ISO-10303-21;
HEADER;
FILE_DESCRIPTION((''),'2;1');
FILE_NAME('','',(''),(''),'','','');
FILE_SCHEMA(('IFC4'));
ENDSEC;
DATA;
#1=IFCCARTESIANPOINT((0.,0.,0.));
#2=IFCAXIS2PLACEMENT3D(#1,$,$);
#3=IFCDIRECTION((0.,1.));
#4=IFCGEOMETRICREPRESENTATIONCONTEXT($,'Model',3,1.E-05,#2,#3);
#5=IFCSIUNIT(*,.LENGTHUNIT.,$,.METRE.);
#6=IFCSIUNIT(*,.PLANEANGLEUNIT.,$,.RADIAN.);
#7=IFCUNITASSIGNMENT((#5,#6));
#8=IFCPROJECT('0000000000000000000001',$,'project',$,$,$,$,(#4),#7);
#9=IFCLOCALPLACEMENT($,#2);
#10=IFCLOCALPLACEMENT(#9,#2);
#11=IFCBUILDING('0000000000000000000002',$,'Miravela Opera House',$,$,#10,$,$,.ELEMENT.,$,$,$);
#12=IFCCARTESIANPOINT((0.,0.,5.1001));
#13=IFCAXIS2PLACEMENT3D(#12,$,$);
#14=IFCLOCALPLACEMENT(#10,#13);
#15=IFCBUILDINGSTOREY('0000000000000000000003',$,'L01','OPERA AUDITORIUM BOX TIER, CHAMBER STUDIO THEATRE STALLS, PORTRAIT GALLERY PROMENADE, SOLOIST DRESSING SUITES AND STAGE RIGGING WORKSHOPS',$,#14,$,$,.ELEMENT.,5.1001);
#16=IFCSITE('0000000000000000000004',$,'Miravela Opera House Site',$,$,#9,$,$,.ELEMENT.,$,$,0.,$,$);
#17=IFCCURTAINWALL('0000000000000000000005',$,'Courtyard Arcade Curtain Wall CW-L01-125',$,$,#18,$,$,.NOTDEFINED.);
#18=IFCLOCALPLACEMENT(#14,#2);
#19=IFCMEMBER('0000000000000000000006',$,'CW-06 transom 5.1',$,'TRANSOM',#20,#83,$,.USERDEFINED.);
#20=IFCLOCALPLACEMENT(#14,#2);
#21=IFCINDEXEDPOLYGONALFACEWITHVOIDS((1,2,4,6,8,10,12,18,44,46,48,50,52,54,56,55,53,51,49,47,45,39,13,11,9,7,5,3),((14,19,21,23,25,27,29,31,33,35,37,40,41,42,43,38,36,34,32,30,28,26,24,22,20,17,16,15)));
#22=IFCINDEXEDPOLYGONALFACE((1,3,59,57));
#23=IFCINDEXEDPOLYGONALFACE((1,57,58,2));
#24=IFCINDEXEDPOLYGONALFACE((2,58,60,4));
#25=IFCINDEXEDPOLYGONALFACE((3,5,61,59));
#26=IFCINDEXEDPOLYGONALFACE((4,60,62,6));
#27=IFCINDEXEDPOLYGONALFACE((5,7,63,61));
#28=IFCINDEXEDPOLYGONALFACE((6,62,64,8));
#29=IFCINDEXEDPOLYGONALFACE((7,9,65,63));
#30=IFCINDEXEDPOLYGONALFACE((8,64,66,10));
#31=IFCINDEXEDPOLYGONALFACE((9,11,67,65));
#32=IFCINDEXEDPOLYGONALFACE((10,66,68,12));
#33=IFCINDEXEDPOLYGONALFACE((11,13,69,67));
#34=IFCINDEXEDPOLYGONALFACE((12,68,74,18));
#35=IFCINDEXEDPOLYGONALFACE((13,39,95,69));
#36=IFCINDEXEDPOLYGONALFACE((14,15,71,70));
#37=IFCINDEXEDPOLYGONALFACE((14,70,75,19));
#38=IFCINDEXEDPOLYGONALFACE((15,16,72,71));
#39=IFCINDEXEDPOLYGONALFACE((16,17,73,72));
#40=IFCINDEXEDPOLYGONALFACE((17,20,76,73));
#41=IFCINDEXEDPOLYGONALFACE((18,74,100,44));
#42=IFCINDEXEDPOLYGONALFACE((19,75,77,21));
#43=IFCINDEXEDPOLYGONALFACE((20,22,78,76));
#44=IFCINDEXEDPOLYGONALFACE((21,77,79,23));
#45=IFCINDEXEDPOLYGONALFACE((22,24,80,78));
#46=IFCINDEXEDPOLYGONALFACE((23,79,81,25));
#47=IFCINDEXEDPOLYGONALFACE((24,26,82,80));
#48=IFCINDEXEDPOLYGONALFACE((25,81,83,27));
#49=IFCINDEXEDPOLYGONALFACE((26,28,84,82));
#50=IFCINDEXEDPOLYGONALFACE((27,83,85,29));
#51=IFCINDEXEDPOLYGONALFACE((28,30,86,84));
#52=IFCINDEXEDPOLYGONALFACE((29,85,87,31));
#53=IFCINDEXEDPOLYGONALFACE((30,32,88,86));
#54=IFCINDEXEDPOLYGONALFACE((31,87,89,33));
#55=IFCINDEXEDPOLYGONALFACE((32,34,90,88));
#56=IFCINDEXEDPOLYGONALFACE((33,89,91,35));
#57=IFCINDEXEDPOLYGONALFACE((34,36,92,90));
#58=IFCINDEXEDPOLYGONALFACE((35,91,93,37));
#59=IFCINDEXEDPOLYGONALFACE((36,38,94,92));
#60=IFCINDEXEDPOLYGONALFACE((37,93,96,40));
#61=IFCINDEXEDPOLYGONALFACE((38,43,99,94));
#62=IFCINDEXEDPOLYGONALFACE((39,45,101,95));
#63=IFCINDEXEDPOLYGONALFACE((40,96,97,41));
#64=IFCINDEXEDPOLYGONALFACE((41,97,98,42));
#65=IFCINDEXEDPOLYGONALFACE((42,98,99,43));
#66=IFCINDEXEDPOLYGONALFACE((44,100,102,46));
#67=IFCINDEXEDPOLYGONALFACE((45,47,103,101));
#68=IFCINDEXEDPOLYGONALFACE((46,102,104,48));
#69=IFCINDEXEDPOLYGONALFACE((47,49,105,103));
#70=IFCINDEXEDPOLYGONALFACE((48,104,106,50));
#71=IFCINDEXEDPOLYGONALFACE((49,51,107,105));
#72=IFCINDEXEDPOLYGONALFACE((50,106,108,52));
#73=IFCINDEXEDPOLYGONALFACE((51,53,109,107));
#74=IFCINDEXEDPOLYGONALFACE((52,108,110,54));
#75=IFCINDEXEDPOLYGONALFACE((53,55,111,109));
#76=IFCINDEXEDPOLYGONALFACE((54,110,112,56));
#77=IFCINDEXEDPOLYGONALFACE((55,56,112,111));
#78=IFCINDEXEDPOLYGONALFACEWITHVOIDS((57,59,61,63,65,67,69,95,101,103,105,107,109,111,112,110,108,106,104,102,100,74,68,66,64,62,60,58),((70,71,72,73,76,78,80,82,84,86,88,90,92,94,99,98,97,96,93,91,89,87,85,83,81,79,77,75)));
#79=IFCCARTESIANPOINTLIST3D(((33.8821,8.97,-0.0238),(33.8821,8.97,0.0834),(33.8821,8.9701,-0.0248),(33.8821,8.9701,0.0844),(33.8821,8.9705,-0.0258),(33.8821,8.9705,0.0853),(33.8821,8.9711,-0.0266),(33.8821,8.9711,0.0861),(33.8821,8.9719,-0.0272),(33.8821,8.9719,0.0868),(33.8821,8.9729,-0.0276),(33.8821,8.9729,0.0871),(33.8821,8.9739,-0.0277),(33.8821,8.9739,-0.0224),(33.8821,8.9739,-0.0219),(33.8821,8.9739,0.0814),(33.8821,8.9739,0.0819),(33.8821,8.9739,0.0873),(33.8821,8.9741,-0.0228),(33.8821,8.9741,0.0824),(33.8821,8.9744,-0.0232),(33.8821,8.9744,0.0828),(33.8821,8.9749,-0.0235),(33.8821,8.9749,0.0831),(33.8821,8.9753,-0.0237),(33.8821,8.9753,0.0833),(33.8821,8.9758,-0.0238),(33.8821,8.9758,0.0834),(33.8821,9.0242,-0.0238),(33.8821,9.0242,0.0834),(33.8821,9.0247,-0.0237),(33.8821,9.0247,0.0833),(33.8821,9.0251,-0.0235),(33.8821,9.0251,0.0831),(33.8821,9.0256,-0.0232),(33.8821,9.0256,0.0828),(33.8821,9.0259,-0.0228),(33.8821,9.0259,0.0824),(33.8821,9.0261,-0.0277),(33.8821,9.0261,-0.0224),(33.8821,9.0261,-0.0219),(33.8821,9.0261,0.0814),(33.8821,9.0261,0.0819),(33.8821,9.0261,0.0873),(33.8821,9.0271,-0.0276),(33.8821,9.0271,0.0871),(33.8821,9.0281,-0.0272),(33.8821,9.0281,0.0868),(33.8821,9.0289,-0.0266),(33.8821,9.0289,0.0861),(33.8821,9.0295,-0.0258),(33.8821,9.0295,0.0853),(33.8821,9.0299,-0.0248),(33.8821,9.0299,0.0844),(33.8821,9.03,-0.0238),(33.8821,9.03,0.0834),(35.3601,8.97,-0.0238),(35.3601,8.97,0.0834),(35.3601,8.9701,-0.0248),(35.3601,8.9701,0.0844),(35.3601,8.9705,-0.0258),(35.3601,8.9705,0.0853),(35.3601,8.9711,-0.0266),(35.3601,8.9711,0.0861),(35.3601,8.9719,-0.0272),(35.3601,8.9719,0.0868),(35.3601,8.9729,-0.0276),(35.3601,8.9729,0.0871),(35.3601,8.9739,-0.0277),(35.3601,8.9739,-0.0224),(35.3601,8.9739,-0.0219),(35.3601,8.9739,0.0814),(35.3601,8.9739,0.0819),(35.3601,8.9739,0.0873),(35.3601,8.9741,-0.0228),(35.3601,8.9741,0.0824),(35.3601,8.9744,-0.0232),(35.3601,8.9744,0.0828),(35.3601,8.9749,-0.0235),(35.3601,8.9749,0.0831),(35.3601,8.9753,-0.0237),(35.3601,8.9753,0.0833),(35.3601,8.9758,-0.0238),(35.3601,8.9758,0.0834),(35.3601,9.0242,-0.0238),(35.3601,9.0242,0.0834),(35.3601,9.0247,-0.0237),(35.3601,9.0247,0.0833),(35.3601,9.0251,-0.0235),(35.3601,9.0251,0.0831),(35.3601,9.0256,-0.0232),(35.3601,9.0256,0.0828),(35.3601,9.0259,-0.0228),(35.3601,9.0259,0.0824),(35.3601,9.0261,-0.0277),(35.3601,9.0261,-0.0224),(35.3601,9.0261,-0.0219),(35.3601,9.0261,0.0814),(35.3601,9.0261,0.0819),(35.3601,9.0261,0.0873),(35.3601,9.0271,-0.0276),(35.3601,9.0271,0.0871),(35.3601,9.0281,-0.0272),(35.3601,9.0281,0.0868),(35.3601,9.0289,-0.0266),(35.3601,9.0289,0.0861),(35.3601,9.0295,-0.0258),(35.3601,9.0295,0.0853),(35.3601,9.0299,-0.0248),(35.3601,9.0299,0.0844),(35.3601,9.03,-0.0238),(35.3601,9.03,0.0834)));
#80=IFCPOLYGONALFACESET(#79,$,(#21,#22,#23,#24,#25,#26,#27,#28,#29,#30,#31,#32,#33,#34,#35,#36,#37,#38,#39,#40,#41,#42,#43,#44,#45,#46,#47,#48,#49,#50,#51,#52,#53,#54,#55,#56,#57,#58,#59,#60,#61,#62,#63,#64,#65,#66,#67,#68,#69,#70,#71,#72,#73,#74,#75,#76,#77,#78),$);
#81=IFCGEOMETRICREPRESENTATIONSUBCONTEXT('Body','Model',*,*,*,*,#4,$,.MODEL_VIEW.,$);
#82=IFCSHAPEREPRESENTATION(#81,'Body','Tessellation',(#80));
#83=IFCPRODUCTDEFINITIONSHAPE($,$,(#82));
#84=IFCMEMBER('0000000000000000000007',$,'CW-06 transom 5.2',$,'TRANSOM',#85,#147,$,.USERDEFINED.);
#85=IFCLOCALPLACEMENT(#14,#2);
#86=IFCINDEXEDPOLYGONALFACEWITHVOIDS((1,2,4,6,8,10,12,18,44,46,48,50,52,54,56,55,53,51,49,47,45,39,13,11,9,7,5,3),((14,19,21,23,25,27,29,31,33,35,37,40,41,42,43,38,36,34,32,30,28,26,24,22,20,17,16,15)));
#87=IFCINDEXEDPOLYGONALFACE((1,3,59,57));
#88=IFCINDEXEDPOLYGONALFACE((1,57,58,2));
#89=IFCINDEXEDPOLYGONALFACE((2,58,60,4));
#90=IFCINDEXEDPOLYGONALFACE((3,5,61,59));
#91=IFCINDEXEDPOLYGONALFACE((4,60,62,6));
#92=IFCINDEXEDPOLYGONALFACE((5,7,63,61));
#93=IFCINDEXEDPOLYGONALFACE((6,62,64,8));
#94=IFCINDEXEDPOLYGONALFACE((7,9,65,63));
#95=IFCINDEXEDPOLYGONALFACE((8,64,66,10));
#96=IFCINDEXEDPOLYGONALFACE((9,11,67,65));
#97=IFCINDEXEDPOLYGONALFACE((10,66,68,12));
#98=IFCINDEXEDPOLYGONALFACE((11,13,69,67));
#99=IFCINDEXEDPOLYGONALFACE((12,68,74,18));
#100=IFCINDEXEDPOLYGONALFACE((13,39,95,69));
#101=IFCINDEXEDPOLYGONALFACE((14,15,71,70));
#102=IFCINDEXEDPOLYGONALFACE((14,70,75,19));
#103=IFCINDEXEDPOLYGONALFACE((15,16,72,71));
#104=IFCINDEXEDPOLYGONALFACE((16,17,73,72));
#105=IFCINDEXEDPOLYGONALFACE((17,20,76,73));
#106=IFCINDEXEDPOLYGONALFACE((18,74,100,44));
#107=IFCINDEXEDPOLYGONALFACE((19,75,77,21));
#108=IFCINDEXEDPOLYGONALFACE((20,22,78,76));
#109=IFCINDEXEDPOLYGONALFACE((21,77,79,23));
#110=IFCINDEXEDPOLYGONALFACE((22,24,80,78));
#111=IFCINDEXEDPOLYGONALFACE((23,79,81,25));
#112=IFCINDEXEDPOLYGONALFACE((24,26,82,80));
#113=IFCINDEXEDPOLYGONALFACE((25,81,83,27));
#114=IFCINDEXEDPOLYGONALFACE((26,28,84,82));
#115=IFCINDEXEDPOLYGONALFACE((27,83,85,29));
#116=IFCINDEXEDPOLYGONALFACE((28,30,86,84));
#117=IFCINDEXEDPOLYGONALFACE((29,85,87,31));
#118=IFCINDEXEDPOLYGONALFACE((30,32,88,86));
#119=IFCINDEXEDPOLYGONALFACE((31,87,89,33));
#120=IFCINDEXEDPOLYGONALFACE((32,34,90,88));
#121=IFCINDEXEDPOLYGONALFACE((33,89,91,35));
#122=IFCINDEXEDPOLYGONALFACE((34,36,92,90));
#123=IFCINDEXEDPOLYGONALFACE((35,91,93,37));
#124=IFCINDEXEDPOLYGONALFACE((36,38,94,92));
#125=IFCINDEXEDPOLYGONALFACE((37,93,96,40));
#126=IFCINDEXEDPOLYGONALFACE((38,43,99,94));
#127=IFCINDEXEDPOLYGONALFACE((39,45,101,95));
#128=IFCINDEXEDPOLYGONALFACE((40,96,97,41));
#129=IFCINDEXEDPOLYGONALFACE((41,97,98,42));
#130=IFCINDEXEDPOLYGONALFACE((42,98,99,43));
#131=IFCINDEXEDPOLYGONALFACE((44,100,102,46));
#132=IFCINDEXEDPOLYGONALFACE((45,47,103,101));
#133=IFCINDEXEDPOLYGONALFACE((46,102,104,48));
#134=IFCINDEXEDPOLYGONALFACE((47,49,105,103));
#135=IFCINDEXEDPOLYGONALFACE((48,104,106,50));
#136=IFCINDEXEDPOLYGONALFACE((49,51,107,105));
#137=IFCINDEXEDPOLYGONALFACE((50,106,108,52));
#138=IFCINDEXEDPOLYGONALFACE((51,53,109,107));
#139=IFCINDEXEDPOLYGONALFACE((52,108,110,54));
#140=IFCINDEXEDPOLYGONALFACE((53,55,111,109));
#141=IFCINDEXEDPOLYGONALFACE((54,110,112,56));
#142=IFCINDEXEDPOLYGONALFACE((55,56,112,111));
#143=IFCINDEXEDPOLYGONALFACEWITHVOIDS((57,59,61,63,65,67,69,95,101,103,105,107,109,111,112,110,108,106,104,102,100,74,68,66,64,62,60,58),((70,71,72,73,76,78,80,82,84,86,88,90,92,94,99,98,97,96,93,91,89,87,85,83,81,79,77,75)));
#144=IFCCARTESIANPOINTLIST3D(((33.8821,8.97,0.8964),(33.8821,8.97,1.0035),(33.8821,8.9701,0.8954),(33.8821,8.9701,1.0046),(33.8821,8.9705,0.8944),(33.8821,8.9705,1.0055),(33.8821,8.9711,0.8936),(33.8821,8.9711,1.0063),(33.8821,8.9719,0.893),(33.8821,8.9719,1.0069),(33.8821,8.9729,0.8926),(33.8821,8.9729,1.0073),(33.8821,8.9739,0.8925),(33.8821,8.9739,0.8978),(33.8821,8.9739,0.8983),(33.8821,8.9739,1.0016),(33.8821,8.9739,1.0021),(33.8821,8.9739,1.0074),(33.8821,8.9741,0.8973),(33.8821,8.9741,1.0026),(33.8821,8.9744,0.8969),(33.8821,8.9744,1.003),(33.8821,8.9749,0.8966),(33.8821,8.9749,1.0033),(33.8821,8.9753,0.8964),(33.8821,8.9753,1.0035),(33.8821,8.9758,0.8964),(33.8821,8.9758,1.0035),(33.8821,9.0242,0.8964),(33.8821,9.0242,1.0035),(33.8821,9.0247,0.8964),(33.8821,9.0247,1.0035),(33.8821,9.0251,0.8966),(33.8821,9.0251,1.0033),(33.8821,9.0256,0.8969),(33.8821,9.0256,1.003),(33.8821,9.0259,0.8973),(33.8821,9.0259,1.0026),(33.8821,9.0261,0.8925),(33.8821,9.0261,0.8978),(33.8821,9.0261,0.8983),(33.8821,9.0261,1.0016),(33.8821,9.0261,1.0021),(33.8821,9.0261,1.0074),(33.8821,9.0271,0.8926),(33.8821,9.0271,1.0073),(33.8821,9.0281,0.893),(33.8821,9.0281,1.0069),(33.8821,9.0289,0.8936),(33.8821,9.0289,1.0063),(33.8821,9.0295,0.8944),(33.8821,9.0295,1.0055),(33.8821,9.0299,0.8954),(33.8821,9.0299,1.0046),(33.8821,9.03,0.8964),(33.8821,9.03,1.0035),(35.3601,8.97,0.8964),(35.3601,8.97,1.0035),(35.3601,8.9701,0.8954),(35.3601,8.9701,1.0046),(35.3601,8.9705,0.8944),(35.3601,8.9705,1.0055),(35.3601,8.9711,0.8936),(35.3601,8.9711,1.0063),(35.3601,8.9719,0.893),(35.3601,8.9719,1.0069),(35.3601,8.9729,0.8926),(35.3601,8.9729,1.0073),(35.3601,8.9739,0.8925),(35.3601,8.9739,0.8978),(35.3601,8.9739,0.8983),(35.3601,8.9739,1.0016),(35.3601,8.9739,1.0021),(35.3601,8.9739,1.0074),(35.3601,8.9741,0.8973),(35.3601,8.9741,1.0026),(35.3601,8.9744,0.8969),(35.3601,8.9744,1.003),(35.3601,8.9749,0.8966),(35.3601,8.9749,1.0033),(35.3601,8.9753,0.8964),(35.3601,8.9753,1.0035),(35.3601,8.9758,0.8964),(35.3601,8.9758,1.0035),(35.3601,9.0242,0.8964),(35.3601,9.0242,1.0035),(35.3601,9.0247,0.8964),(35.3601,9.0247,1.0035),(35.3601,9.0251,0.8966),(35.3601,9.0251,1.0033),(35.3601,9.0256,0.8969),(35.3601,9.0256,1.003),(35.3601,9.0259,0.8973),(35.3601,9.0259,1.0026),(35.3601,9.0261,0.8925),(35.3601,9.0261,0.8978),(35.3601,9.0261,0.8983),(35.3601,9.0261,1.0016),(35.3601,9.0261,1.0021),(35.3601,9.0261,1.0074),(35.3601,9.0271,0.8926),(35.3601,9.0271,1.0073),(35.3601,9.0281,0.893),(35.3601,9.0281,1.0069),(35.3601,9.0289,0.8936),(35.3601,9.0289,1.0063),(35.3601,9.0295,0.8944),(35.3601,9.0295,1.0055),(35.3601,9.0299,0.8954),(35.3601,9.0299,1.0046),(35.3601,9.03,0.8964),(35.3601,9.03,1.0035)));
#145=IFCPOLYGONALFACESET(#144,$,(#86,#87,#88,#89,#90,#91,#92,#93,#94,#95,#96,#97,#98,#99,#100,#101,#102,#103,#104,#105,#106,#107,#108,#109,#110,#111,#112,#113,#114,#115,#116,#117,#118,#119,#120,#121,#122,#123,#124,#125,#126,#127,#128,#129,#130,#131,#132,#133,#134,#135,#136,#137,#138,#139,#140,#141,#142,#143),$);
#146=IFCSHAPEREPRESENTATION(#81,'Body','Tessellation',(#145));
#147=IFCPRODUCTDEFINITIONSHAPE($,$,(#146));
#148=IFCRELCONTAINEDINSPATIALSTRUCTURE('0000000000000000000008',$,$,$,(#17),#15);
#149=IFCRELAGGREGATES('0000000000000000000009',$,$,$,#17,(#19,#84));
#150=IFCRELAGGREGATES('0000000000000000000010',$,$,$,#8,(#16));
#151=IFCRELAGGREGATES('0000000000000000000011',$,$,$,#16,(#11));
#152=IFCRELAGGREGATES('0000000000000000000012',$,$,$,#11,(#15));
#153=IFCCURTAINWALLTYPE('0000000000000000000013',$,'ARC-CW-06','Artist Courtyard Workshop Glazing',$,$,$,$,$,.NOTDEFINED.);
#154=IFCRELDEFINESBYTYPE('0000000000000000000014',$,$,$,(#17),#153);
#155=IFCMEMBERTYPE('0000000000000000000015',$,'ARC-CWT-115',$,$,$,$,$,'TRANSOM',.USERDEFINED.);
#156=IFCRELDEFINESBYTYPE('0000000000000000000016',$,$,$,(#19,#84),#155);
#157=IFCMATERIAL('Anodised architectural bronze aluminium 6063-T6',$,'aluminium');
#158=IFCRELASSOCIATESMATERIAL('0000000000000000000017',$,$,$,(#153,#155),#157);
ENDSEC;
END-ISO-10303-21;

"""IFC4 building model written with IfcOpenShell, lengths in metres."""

from ifc_helpers import new_model, si_unit, direction, frame, origin, origin_2d, place, context, subcontext, project, spatial, hollow_rectangle, extrude, material, material_profile, profile_set, type_object, element, aggregate, save


model = new_model("IFC4")

# Units and contexts
model_context = context("Model", 3, precision=1e-05, world=origin(), true_north=direction((0.0, 1.0)))
body_context = subcontext(model_context, "Body", "Model", "MODEL_VIEW")
ifc_project = project(units=[si_unit("LENGTHUNIT", "METRE"), si_unit("PLANEANGLEUNIT", "RADIAN")], contexts=[model_context])

# Site, building, storey
site_placement = place(None, origin())
site = spatial("IfcSite", under=ifc_project, at=site_placement, Name="Miravela Opera House Site", CompositionType="ELEMENT", RefElevation=0.0)
building_placement = place(site_placement, origin())
building = spatial("IfcBuilding", under=site, at=building_placement, Name="Miravela Opera House", CompositionType="ELEMENT")
storey_placement = place(building_placement, frame((0.0, 0.0, 5.1001)))
storey = spatial("IfcBuildingStorey", under=building, at=storey_placement, Name="L01", Description="OPERA AUDITORIUM BOX TIER, CHAMBER STUDIO THEATRE STALLS, PORTRAIT GALLERY PROMENADE, SOLOIST DRESSING SUITES AND STAGE RIGGING WORKSHOPS", CompositionType="ELEMENT", Elevation=5.1001)

# Curtain wall
ifc_material_1 = material(Name="Anodised architectural bronze aluminium 6063-T6", Category="aluminium")
curtain_wall_type = type_object("IfcCurtainWallType", Name="ARC-CW-06", Description="Artist Courtyard Workshop Glazing", PredefinedType="NOTDEFINED", material=ifc_material_1)
curtain_wall_1_placement = place(storey_placement, origin())
curtain_wall_1 = element("IfcCurtainWall", 1, at=curtain_wall_1_placement, inside=storey, type_object=curtain_wall_type, Name="Courtyard Arcade Curtain Wall CW-L01-125", PredefinedType="NOTDEFINED")

# Members
ifc_material_profile_1 = material_profile(ifc_material_1, hollow_rectangle(XDim=0.0601, YDim=0.115, WallThickness=0.0039, InnerFilletRadius=0.002, OuterFilletRadius=0.0039, at=origin_2d()), Name="CWT-60X115")
ifc_profile_set_1 = profile_set([ifc_material_profile_1])
member_type_1 = type_object("IfcMemberType", Name="ARC-CWT-115", ElementType="TRANSOM", PredefinedType="USERDEFINED", material=ifc_profile_set_1)
member_1_placement = place(storey_placement, frame((33.8821, 9.0, 0.0298), z_axis=(1.0, 0.0, 0.0), x_axis=(0.0, 1.0, 0.0)))
member_1 = element("IfcMember", 2, at=member_1_placement, type_object=member_type_1, Name="CW-06 transom 5.1", ObjectType="TRANSOM", PredefinedType="USERDEFINED", context=body_context, shape_type="SweptSolid", body=[
    extrude(hollow_rectangle(XDim=0.0601, YDim=0.115, WallThickness=0.0039, InnerFilletRadius=0.002, OuterFilletRadius=0.0039, at=origin_2d()), origin(), (0.0, 0.0, 1.0), 1.478),
])
member_2_placement = place(storey_placement, frame((33.8821, 9.0, 0.95), z_axis=(1.0, 0.0, 0.0), x_axis=(0.0, 1.0, 0.0)))
member_2 = element("IfcMember", 3, at=member_2_placement, type_object=member_type_1, Name="CW-06 transom 5.2", ObjectType="TRANSOM", PredefinedType="USERDEFINED", context=body_context, shape_type="SweptSolid", body=[
    extrude(hollow_rectangle(XDim=0.0601, YDim=0.115, WallThickness=0.0039, InnerFilletRadius=0.002, OuterFilletRadius=0.0039, at=origin_2d()), origin(), (0.0, 0.0, 1.0), 1.478),
])

aggregate(curtain_wall_1, [member_1, member_2])

save(model, "model.ifc")
